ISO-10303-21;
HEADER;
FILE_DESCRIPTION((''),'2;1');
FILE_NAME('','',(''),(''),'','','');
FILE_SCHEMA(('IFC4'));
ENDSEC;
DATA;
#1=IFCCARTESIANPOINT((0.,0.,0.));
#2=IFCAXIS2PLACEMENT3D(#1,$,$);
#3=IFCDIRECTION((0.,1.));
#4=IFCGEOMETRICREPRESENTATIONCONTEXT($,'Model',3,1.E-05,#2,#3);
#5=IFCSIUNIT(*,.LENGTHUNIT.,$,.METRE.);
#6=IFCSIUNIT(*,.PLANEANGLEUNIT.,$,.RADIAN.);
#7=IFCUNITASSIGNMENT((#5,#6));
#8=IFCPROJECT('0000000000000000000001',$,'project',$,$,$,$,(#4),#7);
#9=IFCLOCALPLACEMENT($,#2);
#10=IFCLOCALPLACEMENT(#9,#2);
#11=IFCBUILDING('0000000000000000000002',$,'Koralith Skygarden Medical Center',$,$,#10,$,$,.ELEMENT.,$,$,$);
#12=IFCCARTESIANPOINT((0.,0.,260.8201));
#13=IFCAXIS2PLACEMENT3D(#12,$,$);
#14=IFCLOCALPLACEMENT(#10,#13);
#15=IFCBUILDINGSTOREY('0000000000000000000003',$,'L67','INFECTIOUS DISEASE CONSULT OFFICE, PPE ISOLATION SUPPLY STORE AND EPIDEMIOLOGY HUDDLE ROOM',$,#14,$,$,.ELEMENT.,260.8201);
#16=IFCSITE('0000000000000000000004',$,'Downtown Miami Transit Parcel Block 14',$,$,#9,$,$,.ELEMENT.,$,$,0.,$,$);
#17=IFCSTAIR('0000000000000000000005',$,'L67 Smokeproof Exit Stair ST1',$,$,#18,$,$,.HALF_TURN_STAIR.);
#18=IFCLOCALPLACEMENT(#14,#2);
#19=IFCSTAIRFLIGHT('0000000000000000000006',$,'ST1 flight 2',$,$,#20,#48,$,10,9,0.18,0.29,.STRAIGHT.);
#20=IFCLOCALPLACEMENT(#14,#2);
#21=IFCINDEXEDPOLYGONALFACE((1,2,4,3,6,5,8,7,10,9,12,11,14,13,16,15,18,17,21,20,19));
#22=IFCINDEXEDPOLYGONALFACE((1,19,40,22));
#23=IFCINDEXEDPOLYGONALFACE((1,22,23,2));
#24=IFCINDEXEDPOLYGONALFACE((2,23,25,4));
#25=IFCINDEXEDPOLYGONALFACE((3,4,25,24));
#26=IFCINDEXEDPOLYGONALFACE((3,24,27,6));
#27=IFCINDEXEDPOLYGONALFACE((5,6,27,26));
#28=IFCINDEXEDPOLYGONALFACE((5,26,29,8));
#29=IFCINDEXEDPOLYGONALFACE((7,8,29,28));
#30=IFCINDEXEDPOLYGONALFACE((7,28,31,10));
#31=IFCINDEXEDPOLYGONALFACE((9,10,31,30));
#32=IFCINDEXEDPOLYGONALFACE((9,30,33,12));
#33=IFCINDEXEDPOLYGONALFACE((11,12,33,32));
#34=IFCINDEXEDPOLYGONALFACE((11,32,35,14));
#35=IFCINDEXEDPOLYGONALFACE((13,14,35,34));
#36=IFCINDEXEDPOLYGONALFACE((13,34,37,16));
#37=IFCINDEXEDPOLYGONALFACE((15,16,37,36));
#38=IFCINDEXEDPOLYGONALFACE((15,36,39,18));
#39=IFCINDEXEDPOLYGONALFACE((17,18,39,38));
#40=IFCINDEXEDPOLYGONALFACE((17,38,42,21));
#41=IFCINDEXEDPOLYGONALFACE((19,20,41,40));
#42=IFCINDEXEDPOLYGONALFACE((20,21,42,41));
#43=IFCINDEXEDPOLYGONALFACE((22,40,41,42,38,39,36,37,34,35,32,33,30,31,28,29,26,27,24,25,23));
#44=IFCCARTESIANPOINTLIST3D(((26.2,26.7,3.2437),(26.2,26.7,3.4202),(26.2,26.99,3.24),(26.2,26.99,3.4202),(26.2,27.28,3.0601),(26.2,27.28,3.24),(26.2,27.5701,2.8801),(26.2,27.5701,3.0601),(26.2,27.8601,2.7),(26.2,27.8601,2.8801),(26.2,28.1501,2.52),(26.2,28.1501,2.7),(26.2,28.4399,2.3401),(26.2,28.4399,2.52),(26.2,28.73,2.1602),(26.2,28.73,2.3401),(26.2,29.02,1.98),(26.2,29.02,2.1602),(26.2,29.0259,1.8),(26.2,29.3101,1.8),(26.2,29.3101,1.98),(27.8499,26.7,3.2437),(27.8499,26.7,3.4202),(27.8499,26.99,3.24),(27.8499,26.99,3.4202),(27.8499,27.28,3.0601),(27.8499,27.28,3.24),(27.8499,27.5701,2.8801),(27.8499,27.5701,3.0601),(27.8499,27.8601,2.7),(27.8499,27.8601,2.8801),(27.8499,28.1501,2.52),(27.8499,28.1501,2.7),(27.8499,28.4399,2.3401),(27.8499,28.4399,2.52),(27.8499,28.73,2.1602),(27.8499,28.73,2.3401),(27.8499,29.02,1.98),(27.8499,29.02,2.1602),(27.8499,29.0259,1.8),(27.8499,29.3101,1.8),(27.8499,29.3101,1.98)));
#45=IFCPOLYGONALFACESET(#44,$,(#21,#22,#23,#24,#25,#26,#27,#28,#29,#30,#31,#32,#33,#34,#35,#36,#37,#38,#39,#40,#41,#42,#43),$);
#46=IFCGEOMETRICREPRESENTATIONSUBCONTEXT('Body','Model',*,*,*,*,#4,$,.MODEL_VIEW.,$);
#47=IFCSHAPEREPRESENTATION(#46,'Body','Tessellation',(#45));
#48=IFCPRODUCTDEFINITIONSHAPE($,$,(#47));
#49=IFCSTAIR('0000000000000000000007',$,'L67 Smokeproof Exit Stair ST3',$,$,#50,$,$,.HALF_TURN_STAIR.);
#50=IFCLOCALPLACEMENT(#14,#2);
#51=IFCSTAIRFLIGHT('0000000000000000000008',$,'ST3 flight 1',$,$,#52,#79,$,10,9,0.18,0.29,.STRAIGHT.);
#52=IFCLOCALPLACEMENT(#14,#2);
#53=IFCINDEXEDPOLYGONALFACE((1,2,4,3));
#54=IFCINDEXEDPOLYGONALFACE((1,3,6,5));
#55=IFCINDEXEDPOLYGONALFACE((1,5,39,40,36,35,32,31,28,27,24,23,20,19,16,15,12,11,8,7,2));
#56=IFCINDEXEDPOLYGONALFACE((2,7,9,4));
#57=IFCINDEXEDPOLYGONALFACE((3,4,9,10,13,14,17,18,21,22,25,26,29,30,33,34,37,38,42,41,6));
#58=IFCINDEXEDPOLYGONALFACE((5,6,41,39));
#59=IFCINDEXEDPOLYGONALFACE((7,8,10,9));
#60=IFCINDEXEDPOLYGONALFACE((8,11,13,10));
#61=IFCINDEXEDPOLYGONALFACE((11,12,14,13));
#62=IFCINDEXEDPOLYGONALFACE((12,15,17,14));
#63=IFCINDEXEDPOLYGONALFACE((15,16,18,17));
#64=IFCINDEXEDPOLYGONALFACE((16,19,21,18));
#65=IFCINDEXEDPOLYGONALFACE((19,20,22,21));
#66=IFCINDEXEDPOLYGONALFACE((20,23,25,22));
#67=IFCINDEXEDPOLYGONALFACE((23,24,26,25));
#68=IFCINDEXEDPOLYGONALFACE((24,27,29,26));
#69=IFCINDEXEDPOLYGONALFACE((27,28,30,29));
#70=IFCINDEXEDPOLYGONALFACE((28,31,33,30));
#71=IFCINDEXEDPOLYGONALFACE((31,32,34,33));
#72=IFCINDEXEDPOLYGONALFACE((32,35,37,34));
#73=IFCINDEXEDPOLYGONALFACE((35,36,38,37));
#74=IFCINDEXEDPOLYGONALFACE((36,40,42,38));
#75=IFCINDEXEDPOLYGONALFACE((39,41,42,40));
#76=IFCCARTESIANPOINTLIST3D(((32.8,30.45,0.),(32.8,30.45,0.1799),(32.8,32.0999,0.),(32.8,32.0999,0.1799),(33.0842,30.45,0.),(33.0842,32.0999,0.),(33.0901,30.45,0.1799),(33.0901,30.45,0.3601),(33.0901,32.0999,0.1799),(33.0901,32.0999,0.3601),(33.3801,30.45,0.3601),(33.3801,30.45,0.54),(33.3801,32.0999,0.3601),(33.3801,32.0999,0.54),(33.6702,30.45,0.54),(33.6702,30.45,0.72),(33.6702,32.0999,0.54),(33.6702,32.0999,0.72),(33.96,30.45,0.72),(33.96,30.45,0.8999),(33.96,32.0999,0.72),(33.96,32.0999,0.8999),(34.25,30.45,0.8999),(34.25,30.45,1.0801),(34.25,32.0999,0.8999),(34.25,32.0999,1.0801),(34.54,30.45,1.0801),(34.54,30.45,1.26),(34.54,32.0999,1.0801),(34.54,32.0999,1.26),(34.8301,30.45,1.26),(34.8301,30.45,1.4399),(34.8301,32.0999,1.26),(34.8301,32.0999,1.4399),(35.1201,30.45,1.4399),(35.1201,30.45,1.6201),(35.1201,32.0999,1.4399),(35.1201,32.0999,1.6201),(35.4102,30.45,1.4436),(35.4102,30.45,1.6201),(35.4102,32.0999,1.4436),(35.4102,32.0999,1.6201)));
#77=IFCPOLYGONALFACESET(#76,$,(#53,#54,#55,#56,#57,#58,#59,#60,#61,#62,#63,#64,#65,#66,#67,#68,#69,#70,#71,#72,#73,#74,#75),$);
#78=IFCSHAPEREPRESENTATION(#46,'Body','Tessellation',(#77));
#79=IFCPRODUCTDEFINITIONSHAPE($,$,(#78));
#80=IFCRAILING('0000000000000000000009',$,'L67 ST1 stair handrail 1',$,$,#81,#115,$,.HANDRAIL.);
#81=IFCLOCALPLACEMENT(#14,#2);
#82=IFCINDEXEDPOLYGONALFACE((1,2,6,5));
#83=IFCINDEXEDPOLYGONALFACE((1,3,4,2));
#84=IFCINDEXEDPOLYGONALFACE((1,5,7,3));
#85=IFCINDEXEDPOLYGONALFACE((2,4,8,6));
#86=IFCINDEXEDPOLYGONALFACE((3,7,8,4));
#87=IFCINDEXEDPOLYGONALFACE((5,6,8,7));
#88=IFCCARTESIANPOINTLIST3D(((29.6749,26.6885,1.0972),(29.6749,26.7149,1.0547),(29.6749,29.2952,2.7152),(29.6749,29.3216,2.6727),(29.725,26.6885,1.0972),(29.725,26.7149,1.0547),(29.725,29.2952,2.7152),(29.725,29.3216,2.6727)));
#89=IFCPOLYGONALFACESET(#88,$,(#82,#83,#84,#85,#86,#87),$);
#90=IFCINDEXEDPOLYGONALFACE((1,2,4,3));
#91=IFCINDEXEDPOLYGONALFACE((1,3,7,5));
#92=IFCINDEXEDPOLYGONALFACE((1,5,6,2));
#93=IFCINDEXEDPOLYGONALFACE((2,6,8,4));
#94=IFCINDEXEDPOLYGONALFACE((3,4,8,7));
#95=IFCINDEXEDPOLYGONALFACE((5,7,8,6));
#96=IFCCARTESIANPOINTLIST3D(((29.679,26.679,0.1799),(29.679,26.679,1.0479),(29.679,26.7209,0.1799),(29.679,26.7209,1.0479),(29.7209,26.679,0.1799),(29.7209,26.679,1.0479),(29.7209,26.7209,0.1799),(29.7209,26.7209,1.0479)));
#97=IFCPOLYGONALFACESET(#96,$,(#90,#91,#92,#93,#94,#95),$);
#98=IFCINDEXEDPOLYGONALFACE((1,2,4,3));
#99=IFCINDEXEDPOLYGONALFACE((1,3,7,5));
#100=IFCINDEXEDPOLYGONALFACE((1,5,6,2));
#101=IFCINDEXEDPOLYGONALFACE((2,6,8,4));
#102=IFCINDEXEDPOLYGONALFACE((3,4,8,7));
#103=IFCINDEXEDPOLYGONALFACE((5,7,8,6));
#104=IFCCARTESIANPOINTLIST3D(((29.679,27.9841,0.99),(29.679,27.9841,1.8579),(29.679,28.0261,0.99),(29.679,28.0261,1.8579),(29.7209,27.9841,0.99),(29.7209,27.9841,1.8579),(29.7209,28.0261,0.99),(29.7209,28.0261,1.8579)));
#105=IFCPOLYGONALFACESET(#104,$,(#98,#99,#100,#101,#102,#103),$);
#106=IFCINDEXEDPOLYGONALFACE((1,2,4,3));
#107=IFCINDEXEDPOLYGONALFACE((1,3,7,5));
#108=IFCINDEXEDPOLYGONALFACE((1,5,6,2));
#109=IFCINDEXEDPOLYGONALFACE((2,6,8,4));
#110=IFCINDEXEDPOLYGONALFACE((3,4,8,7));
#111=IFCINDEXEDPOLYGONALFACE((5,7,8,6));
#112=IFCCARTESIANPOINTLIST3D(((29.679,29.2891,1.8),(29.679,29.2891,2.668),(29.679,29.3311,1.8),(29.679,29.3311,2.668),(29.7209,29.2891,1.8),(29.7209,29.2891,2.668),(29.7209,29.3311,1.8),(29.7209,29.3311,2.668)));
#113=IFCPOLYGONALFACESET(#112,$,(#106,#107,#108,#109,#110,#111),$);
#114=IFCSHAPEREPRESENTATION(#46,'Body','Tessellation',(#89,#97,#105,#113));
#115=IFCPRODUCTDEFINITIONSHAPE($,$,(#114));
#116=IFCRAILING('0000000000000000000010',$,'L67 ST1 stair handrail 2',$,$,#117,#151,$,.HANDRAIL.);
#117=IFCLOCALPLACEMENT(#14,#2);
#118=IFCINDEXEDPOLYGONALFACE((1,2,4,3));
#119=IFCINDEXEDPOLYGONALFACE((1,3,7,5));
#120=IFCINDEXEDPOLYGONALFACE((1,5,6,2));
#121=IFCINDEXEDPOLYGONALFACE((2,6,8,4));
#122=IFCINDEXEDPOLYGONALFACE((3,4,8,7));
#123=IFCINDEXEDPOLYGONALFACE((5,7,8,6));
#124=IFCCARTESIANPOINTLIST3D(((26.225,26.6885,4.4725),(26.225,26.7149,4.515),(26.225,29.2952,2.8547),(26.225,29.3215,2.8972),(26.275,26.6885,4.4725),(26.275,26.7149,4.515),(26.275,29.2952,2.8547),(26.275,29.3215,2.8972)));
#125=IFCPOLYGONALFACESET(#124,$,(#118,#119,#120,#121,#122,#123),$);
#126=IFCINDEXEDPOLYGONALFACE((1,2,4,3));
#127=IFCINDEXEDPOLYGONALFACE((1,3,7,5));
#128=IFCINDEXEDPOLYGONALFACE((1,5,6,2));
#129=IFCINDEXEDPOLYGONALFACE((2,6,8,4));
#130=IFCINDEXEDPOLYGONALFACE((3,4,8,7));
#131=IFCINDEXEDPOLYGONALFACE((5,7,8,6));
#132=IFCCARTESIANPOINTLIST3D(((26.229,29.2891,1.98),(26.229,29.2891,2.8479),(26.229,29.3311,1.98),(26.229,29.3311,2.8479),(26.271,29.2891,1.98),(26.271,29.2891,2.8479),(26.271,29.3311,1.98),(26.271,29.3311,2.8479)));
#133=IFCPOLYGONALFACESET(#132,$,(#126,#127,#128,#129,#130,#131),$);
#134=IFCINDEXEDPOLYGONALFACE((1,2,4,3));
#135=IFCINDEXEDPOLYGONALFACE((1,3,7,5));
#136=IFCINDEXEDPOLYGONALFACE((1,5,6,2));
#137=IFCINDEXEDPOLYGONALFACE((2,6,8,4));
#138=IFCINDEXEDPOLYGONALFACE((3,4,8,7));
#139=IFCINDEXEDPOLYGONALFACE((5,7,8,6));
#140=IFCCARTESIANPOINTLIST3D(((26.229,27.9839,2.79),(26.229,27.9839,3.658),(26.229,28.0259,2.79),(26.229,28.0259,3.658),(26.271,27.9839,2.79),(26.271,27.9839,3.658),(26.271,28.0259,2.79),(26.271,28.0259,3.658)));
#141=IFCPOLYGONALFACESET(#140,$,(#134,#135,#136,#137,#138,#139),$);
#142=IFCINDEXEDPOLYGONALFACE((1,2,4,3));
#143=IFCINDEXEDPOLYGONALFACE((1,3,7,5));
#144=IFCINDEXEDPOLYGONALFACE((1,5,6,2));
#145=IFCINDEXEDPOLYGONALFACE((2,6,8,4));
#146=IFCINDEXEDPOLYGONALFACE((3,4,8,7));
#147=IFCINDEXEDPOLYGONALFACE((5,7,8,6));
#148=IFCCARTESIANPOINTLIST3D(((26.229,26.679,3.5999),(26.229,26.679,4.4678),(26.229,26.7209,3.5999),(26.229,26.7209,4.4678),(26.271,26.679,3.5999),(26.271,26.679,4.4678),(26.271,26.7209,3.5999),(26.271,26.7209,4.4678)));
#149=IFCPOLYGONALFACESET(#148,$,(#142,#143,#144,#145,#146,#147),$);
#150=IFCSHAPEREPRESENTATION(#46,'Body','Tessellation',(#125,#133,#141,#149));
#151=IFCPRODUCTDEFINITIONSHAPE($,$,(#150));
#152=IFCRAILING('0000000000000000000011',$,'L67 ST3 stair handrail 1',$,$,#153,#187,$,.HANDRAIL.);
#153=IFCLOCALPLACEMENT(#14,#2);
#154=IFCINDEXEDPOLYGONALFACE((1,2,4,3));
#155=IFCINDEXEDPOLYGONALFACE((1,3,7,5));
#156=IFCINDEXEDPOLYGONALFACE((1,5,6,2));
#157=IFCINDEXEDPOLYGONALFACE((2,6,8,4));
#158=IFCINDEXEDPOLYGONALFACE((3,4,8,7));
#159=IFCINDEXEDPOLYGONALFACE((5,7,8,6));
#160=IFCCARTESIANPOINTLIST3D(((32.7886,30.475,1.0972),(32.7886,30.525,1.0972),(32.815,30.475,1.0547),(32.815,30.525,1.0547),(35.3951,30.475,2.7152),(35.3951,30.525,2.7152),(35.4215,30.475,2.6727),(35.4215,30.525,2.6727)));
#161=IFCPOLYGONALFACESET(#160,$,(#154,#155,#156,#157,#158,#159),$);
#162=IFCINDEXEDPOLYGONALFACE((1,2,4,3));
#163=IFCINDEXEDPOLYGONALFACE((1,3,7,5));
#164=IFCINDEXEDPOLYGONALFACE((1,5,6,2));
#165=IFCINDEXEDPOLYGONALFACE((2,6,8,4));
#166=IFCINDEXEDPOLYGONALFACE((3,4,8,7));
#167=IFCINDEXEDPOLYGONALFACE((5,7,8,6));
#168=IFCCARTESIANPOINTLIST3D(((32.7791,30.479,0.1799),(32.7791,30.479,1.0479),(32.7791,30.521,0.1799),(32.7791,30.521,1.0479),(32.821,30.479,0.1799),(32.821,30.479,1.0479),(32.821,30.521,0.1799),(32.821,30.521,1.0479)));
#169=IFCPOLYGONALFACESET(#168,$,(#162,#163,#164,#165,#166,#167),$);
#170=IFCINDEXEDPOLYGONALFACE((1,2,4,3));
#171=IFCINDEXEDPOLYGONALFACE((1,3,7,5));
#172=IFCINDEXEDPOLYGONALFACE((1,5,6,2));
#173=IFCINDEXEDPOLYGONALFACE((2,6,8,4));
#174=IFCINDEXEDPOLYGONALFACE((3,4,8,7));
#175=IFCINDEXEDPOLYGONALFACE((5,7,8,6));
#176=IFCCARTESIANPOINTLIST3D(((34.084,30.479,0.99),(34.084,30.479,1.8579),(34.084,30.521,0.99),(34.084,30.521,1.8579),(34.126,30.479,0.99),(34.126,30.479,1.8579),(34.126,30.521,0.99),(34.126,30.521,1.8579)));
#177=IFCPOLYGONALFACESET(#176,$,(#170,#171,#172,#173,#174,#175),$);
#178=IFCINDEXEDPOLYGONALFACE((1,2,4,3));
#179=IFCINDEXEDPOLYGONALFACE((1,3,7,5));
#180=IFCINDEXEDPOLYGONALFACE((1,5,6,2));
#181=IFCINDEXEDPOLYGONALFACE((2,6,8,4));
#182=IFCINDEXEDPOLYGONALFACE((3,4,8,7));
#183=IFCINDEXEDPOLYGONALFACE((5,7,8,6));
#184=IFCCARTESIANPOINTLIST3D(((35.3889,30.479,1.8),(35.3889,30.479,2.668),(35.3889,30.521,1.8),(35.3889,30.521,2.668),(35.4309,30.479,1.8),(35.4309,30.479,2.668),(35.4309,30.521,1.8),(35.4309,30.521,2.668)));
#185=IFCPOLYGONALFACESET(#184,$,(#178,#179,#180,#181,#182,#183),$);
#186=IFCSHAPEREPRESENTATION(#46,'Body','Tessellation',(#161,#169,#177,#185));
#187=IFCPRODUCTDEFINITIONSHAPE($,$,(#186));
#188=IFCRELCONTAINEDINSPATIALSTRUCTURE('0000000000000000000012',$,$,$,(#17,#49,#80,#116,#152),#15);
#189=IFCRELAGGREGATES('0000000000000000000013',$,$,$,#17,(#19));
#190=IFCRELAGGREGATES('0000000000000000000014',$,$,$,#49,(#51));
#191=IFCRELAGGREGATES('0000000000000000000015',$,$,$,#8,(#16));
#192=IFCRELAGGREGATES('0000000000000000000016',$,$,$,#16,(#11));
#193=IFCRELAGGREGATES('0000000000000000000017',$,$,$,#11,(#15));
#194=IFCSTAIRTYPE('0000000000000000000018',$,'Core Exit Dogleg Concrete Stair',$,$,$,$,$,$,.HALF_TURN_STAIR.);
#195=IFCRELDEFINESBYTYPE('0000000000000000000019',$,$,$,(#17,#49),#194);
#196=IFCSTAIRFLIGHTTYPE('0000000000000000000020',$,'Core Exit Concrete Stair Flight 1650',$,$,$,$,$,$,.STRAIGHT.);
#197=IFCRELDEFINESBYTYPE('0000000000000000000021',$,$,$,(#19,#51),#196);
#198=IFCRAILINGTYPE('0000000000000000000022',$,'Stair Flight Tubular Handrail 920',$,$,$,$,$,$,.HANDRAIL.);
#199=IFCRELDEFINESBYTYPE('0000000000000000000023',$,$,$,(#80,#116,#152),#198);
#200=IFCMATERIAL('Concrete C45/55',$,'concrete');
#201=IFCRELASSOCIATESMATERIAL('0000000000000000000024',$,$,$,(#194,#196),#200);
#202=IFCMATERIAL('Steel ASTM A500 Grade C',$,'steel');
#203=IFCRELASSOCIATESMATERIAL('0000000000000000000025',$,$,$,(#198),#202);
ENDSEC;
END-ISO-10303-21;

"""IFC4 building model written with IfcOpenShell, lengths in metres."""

from ifc_helpers import new_model, si_unit, direction, frame, origin, origin_2d, place, context, subcontext, project, spatial, polyline, rectangle, outline, extrude, material, type_object, element, aggregate, save


model = new_model("IFC4")

# Units and contexts
model_context = context("Model", 3, precision=1e-05, world=origin(), true_north=direction((0.0, 1.0)))
body_context = subcontext(model_context, "Body", "Model", "MODEL_VIEW")
ifc_project = project(units=[si_unit("LENGTHUNIT", "METRE"), si_unit("PLANEANGLEUNIT", "RADIAN")], contexts=[model_context])

# Site, building, storey
site_placement = place(None, origin())
site = spatial("IfcSite", under=ifc_project, at=site_placement, Name="Downtown Miami Transit Parcel Block 14", CompositionType="ELEMENT", RefElevation=0.0)
building_placement = place(site_placement, origin())
building = spatial("IfcBuilding", under=site, at=building_placement, Name="Koralith Skygarden Medical Center", CompositionType="ELEMENT")
storey_placement = place(building_placement, frame((0.0, 0.0, 260.8201)))
storey = spatial("IfcBuildingStorey", under=building, at=storey_placement, Name="L67", Description="INFECTIOUS DISEASE CONSULT OFFICE, PPE ISOLATION SUPPLY STORE AND EPIDEMIOLOGY HUDDLE ROOM", CompositionType="ELEMENT", Elevation=260.8201)

# Shared definitions
ifc_material_1 = material(Name="Concrete C45/55", Category="concrete")

# Stair, stair flight
stair_type = type_object("IfcStairType", Name="Core Exit Dogleg Concrete Stair", PredefinedType="HALF_TURN_STAIR", material=ifc_material_1)
stair_1_placement = place(storey_placement, origin())
stair_1 = element("IfcStair", 1, at=stair_1_placement, inside=storey, type_object=stair_type, Name="L67 Smokeproof Exit Stair ST1", PredefinedType="HALF_TURN_STAIR")
stair_flight_type = type_object("IfcStairFlightType", Name="Core Exit Concrete Stair Flight 1650", PredefinedType="STRAIGHT", material=ifc_material_1)
stair_flight_1_placement = place(storey_placement, frame((27.0249, 29.3101, 1.8), z_axis=(0.0, 0.0, 1.0), x_axis=(0.0, -1.0, 0.0)))
stair_flight_1 = element("IfcStairFlight", 2, at=stair_flight_1_placement, type_object=stair_flight_type, Name="ST1 flight 2", NumberOfRisers=10, NumberOfTreads=9, PredefinedType="STRAIGHT", RiserHeight=0.18, TreadLength=0.29, context=body_context, shape_type="SweptSolid", body=[
    extrude(outline(polyline([(0.0, 0.0), (0.0, 0.1799), (0.29, 0.1799), (0.29, 0.3601), (0.5801, 0.3601), (0.5801, 0.54), (0.8701, 0.54), (0.8701, 0.72), (1.1599, 0.72), (1.1599, 0.8999), (1.45, 0.8999), (1.45, 1.0801), (1.74, 1.0801), (1.74, 1.26), (2.03, 1.26), (2.03, 1.4399), (2.3201, 1.4399), (2.3201, 1.6201), (2.6101, 1.6201), (2.6101, 1.8), (2.6101, 1.4436), (0.2842, 0.0), (0.0, 0.0)])), frame((0.0, 0.825, 0.0), z_axis=(0.0, -1.0, 0.0), x_axis=(1.0, 0.0, 0.0)), (0.0, 0.0, 1.0), 1.6499),
])
aggregate(stair_1, [stair_flight_1])

# Stair, stair flight
stair_2_placement = place(storey_placement, origin())
stair_2 = element("IfcStair", 3, at=stair_2_placement, inside=storey, type_object=stair_type, Name="L67 Smokeproof Exit Stair ST3", PredefinedType="HALF_TURN_STAIR")
stair_flight_2_placement = place(storey_placement, frame((32.8, 31.2749, 0.0), z_axis=(0.0, 0.0, 1.0), x_axis=(1.0, 0.0, 0.0)))
stair_flight_2 = element("IfcStairFlight", 4, at=stair_flight_2_placement, type_object=stair_flight_type, Name="ST3 flight 1", NumberOfRisers=10, NumberOfTreads=9, PredefinedType="STRAIGHT", RiserHeight=0.18, TreadLength=0.29, context=body_context, shape_type="SweptSolid", body=[
    extrude(outline(polyline([(0.0, 0.0), (0.0, 0.1799), (0.29, 0.1799), (0.29, 0.3601), (0.5801, 0.3601), (0.5801, 0.54), (0.8701, 0.54), (0.8701, 0.72), (1.1599, 0.72), (1.1599, 0.8999), (1.45, 0.8999), (1.45, 1.0801), (1.74, 1.0801), (1.74, 1.26), (2.03, 1.26), (2.03, 1.4399), (2.3201, 1.4399), (2.3201, 1.6201), (2.6101, 1.6201), (2.6101, 1.8), (2.6101, 1.4436), (0.2842, 0.0), (0.0, 0.0)])), frame((0.0, 0.825, 0.0), z_axis=(0.0, -1.0, 0.0), x_axis=(1.0, 0.0, 0.0)), (0.0, 0.0, 1.0), 1.6499),
])
aggregate(stair_2, [stair_flight_2])

# Railings
ifc_material_2 = material(Name="Steel ASTM A500 Grade C", Category="steel")
railing_type_1 = type_object("IfcRailingType", Name="Stair Flight Tubular Handrail 920", PredefinedType="HANDRAIL", material=ifc_material_2)
railing_1_placement = place(storey_placement, frame((29.7, 26.7, 0.1799)))
element("IfcRailing", 5, at=railing_1_placement, inside=storey, type_object=railing_type_1, Name="L67 ST1 stair handrail 1", PredefinedType="HANDRAIL", context=body_context, shape_type="SweptSolid", body=[
    extrude(rectangle(XDim=0.05, YDim=0.05, at=origin_2d()), frame((0.0, 0.0017, 0.896), z_axis=(0.0, 0.849633, 0.527375), x_axis=(-1.0, 0.0, 0.0)), (0.0, 0.0, 1.0), 3.0681),
    extrude(rectangle(XDim=0.042, YDim=0.042, at=origin_2d()), origin(), (0.0, 0.0, 1.0), 0.8679),
    extrude(rectangle(XDim=0.042, YDim=0.042, at=origin_2d()), frame((0.0, 1.3052, 0.8101)), (0.0, 0.0, 1.0), 0.8679),
    extrude(rectangle(XDim=0.042, YDim=0.042, at=origin_2d()), frame((0.0, 2.6101, 1.6201)), (0.0, 0.0, 1.0), 0.8679),
])
railing_2_placement = place(storey_placement, frame((26.25, 29.3101, 1.98)))
element("IfcRailing", 6, at=railing_2_placement, inside=storey, type_object=railing_type_1, Name="L67 ST1 stair handrail 2", PredefinedType="HANDRAIL", context=body_context, shape_type="SweptSolid", body=[
    extrude(rectangle(XDim=0.05, YDim=0.05, at=origin_2d()), frame((0.0, -0.0017, 0.896), z_axis=(0.0, -0.849668, 0.527317), x_axis=(1.0, 0.0, 0.0)), (0.0, 0.0, 1.0), 3.0679),
    extrude(rectangle(XDim=0.042, YDim=0.042, at=origin_2d()), origin(), (0.0, 0.0, 1.0), 0.8679),
    extrude(rectangle(XDim=0.042, YDim=0.042, at=origin_2d()), frame((0.0, -1.3052, 0.8101)), (0.0, 0.0, 1.0), 0.8679),
    extrude(rectangle(XDim=0.042, YDim=0.042, at=origin_2d()), frame((0.0, -2.6101, 1.6199)), (0.0, 0.0, 1.0), 0.8679),
])
railing_3_placement = place(storey_placement, frame((32.8, 30.5, 0.1799)))
element("IfcRailing", 7, at=railing_3_placement, inside=storey, type_object=railing_type_1, Name="L67 ST3 stair handrail 1", PredefinedType="HANDRAIL", context=body_context, shape_type="SweptSolid", body=[
    extrude(rectangle(XDim=0.05, YDim=0.05, at=origin_2d()), frame((0.0017, 0.0, 0.896), z_axis=(0.849611, 0.0, 0.52741), x_axis=(0.0, 1.0, 0.0)), (0.0, 0.0, 1.0), 3.0679),
    extrude(rectangle(XDim=0.042, YDim=0.042, at=origin_2d()), origin(), (0.0, 0.0, 1.0), 0.8679),
    extrude(rectangle(XDim=0.042, YDim=0.042, at=origin_2d()), frame((1.3049, 0.0, 0.8101)), (0.0, 0.0, 1.0), 0.8679),
    extrude(rectangle(XDim=0.042, YDim=0.042, at=origin_2d()), frame((2.6099, 0.0, 1.6201)), (0.0, 0.0, 1.0), 0.8679),
])

save(model, "model.ifc")
